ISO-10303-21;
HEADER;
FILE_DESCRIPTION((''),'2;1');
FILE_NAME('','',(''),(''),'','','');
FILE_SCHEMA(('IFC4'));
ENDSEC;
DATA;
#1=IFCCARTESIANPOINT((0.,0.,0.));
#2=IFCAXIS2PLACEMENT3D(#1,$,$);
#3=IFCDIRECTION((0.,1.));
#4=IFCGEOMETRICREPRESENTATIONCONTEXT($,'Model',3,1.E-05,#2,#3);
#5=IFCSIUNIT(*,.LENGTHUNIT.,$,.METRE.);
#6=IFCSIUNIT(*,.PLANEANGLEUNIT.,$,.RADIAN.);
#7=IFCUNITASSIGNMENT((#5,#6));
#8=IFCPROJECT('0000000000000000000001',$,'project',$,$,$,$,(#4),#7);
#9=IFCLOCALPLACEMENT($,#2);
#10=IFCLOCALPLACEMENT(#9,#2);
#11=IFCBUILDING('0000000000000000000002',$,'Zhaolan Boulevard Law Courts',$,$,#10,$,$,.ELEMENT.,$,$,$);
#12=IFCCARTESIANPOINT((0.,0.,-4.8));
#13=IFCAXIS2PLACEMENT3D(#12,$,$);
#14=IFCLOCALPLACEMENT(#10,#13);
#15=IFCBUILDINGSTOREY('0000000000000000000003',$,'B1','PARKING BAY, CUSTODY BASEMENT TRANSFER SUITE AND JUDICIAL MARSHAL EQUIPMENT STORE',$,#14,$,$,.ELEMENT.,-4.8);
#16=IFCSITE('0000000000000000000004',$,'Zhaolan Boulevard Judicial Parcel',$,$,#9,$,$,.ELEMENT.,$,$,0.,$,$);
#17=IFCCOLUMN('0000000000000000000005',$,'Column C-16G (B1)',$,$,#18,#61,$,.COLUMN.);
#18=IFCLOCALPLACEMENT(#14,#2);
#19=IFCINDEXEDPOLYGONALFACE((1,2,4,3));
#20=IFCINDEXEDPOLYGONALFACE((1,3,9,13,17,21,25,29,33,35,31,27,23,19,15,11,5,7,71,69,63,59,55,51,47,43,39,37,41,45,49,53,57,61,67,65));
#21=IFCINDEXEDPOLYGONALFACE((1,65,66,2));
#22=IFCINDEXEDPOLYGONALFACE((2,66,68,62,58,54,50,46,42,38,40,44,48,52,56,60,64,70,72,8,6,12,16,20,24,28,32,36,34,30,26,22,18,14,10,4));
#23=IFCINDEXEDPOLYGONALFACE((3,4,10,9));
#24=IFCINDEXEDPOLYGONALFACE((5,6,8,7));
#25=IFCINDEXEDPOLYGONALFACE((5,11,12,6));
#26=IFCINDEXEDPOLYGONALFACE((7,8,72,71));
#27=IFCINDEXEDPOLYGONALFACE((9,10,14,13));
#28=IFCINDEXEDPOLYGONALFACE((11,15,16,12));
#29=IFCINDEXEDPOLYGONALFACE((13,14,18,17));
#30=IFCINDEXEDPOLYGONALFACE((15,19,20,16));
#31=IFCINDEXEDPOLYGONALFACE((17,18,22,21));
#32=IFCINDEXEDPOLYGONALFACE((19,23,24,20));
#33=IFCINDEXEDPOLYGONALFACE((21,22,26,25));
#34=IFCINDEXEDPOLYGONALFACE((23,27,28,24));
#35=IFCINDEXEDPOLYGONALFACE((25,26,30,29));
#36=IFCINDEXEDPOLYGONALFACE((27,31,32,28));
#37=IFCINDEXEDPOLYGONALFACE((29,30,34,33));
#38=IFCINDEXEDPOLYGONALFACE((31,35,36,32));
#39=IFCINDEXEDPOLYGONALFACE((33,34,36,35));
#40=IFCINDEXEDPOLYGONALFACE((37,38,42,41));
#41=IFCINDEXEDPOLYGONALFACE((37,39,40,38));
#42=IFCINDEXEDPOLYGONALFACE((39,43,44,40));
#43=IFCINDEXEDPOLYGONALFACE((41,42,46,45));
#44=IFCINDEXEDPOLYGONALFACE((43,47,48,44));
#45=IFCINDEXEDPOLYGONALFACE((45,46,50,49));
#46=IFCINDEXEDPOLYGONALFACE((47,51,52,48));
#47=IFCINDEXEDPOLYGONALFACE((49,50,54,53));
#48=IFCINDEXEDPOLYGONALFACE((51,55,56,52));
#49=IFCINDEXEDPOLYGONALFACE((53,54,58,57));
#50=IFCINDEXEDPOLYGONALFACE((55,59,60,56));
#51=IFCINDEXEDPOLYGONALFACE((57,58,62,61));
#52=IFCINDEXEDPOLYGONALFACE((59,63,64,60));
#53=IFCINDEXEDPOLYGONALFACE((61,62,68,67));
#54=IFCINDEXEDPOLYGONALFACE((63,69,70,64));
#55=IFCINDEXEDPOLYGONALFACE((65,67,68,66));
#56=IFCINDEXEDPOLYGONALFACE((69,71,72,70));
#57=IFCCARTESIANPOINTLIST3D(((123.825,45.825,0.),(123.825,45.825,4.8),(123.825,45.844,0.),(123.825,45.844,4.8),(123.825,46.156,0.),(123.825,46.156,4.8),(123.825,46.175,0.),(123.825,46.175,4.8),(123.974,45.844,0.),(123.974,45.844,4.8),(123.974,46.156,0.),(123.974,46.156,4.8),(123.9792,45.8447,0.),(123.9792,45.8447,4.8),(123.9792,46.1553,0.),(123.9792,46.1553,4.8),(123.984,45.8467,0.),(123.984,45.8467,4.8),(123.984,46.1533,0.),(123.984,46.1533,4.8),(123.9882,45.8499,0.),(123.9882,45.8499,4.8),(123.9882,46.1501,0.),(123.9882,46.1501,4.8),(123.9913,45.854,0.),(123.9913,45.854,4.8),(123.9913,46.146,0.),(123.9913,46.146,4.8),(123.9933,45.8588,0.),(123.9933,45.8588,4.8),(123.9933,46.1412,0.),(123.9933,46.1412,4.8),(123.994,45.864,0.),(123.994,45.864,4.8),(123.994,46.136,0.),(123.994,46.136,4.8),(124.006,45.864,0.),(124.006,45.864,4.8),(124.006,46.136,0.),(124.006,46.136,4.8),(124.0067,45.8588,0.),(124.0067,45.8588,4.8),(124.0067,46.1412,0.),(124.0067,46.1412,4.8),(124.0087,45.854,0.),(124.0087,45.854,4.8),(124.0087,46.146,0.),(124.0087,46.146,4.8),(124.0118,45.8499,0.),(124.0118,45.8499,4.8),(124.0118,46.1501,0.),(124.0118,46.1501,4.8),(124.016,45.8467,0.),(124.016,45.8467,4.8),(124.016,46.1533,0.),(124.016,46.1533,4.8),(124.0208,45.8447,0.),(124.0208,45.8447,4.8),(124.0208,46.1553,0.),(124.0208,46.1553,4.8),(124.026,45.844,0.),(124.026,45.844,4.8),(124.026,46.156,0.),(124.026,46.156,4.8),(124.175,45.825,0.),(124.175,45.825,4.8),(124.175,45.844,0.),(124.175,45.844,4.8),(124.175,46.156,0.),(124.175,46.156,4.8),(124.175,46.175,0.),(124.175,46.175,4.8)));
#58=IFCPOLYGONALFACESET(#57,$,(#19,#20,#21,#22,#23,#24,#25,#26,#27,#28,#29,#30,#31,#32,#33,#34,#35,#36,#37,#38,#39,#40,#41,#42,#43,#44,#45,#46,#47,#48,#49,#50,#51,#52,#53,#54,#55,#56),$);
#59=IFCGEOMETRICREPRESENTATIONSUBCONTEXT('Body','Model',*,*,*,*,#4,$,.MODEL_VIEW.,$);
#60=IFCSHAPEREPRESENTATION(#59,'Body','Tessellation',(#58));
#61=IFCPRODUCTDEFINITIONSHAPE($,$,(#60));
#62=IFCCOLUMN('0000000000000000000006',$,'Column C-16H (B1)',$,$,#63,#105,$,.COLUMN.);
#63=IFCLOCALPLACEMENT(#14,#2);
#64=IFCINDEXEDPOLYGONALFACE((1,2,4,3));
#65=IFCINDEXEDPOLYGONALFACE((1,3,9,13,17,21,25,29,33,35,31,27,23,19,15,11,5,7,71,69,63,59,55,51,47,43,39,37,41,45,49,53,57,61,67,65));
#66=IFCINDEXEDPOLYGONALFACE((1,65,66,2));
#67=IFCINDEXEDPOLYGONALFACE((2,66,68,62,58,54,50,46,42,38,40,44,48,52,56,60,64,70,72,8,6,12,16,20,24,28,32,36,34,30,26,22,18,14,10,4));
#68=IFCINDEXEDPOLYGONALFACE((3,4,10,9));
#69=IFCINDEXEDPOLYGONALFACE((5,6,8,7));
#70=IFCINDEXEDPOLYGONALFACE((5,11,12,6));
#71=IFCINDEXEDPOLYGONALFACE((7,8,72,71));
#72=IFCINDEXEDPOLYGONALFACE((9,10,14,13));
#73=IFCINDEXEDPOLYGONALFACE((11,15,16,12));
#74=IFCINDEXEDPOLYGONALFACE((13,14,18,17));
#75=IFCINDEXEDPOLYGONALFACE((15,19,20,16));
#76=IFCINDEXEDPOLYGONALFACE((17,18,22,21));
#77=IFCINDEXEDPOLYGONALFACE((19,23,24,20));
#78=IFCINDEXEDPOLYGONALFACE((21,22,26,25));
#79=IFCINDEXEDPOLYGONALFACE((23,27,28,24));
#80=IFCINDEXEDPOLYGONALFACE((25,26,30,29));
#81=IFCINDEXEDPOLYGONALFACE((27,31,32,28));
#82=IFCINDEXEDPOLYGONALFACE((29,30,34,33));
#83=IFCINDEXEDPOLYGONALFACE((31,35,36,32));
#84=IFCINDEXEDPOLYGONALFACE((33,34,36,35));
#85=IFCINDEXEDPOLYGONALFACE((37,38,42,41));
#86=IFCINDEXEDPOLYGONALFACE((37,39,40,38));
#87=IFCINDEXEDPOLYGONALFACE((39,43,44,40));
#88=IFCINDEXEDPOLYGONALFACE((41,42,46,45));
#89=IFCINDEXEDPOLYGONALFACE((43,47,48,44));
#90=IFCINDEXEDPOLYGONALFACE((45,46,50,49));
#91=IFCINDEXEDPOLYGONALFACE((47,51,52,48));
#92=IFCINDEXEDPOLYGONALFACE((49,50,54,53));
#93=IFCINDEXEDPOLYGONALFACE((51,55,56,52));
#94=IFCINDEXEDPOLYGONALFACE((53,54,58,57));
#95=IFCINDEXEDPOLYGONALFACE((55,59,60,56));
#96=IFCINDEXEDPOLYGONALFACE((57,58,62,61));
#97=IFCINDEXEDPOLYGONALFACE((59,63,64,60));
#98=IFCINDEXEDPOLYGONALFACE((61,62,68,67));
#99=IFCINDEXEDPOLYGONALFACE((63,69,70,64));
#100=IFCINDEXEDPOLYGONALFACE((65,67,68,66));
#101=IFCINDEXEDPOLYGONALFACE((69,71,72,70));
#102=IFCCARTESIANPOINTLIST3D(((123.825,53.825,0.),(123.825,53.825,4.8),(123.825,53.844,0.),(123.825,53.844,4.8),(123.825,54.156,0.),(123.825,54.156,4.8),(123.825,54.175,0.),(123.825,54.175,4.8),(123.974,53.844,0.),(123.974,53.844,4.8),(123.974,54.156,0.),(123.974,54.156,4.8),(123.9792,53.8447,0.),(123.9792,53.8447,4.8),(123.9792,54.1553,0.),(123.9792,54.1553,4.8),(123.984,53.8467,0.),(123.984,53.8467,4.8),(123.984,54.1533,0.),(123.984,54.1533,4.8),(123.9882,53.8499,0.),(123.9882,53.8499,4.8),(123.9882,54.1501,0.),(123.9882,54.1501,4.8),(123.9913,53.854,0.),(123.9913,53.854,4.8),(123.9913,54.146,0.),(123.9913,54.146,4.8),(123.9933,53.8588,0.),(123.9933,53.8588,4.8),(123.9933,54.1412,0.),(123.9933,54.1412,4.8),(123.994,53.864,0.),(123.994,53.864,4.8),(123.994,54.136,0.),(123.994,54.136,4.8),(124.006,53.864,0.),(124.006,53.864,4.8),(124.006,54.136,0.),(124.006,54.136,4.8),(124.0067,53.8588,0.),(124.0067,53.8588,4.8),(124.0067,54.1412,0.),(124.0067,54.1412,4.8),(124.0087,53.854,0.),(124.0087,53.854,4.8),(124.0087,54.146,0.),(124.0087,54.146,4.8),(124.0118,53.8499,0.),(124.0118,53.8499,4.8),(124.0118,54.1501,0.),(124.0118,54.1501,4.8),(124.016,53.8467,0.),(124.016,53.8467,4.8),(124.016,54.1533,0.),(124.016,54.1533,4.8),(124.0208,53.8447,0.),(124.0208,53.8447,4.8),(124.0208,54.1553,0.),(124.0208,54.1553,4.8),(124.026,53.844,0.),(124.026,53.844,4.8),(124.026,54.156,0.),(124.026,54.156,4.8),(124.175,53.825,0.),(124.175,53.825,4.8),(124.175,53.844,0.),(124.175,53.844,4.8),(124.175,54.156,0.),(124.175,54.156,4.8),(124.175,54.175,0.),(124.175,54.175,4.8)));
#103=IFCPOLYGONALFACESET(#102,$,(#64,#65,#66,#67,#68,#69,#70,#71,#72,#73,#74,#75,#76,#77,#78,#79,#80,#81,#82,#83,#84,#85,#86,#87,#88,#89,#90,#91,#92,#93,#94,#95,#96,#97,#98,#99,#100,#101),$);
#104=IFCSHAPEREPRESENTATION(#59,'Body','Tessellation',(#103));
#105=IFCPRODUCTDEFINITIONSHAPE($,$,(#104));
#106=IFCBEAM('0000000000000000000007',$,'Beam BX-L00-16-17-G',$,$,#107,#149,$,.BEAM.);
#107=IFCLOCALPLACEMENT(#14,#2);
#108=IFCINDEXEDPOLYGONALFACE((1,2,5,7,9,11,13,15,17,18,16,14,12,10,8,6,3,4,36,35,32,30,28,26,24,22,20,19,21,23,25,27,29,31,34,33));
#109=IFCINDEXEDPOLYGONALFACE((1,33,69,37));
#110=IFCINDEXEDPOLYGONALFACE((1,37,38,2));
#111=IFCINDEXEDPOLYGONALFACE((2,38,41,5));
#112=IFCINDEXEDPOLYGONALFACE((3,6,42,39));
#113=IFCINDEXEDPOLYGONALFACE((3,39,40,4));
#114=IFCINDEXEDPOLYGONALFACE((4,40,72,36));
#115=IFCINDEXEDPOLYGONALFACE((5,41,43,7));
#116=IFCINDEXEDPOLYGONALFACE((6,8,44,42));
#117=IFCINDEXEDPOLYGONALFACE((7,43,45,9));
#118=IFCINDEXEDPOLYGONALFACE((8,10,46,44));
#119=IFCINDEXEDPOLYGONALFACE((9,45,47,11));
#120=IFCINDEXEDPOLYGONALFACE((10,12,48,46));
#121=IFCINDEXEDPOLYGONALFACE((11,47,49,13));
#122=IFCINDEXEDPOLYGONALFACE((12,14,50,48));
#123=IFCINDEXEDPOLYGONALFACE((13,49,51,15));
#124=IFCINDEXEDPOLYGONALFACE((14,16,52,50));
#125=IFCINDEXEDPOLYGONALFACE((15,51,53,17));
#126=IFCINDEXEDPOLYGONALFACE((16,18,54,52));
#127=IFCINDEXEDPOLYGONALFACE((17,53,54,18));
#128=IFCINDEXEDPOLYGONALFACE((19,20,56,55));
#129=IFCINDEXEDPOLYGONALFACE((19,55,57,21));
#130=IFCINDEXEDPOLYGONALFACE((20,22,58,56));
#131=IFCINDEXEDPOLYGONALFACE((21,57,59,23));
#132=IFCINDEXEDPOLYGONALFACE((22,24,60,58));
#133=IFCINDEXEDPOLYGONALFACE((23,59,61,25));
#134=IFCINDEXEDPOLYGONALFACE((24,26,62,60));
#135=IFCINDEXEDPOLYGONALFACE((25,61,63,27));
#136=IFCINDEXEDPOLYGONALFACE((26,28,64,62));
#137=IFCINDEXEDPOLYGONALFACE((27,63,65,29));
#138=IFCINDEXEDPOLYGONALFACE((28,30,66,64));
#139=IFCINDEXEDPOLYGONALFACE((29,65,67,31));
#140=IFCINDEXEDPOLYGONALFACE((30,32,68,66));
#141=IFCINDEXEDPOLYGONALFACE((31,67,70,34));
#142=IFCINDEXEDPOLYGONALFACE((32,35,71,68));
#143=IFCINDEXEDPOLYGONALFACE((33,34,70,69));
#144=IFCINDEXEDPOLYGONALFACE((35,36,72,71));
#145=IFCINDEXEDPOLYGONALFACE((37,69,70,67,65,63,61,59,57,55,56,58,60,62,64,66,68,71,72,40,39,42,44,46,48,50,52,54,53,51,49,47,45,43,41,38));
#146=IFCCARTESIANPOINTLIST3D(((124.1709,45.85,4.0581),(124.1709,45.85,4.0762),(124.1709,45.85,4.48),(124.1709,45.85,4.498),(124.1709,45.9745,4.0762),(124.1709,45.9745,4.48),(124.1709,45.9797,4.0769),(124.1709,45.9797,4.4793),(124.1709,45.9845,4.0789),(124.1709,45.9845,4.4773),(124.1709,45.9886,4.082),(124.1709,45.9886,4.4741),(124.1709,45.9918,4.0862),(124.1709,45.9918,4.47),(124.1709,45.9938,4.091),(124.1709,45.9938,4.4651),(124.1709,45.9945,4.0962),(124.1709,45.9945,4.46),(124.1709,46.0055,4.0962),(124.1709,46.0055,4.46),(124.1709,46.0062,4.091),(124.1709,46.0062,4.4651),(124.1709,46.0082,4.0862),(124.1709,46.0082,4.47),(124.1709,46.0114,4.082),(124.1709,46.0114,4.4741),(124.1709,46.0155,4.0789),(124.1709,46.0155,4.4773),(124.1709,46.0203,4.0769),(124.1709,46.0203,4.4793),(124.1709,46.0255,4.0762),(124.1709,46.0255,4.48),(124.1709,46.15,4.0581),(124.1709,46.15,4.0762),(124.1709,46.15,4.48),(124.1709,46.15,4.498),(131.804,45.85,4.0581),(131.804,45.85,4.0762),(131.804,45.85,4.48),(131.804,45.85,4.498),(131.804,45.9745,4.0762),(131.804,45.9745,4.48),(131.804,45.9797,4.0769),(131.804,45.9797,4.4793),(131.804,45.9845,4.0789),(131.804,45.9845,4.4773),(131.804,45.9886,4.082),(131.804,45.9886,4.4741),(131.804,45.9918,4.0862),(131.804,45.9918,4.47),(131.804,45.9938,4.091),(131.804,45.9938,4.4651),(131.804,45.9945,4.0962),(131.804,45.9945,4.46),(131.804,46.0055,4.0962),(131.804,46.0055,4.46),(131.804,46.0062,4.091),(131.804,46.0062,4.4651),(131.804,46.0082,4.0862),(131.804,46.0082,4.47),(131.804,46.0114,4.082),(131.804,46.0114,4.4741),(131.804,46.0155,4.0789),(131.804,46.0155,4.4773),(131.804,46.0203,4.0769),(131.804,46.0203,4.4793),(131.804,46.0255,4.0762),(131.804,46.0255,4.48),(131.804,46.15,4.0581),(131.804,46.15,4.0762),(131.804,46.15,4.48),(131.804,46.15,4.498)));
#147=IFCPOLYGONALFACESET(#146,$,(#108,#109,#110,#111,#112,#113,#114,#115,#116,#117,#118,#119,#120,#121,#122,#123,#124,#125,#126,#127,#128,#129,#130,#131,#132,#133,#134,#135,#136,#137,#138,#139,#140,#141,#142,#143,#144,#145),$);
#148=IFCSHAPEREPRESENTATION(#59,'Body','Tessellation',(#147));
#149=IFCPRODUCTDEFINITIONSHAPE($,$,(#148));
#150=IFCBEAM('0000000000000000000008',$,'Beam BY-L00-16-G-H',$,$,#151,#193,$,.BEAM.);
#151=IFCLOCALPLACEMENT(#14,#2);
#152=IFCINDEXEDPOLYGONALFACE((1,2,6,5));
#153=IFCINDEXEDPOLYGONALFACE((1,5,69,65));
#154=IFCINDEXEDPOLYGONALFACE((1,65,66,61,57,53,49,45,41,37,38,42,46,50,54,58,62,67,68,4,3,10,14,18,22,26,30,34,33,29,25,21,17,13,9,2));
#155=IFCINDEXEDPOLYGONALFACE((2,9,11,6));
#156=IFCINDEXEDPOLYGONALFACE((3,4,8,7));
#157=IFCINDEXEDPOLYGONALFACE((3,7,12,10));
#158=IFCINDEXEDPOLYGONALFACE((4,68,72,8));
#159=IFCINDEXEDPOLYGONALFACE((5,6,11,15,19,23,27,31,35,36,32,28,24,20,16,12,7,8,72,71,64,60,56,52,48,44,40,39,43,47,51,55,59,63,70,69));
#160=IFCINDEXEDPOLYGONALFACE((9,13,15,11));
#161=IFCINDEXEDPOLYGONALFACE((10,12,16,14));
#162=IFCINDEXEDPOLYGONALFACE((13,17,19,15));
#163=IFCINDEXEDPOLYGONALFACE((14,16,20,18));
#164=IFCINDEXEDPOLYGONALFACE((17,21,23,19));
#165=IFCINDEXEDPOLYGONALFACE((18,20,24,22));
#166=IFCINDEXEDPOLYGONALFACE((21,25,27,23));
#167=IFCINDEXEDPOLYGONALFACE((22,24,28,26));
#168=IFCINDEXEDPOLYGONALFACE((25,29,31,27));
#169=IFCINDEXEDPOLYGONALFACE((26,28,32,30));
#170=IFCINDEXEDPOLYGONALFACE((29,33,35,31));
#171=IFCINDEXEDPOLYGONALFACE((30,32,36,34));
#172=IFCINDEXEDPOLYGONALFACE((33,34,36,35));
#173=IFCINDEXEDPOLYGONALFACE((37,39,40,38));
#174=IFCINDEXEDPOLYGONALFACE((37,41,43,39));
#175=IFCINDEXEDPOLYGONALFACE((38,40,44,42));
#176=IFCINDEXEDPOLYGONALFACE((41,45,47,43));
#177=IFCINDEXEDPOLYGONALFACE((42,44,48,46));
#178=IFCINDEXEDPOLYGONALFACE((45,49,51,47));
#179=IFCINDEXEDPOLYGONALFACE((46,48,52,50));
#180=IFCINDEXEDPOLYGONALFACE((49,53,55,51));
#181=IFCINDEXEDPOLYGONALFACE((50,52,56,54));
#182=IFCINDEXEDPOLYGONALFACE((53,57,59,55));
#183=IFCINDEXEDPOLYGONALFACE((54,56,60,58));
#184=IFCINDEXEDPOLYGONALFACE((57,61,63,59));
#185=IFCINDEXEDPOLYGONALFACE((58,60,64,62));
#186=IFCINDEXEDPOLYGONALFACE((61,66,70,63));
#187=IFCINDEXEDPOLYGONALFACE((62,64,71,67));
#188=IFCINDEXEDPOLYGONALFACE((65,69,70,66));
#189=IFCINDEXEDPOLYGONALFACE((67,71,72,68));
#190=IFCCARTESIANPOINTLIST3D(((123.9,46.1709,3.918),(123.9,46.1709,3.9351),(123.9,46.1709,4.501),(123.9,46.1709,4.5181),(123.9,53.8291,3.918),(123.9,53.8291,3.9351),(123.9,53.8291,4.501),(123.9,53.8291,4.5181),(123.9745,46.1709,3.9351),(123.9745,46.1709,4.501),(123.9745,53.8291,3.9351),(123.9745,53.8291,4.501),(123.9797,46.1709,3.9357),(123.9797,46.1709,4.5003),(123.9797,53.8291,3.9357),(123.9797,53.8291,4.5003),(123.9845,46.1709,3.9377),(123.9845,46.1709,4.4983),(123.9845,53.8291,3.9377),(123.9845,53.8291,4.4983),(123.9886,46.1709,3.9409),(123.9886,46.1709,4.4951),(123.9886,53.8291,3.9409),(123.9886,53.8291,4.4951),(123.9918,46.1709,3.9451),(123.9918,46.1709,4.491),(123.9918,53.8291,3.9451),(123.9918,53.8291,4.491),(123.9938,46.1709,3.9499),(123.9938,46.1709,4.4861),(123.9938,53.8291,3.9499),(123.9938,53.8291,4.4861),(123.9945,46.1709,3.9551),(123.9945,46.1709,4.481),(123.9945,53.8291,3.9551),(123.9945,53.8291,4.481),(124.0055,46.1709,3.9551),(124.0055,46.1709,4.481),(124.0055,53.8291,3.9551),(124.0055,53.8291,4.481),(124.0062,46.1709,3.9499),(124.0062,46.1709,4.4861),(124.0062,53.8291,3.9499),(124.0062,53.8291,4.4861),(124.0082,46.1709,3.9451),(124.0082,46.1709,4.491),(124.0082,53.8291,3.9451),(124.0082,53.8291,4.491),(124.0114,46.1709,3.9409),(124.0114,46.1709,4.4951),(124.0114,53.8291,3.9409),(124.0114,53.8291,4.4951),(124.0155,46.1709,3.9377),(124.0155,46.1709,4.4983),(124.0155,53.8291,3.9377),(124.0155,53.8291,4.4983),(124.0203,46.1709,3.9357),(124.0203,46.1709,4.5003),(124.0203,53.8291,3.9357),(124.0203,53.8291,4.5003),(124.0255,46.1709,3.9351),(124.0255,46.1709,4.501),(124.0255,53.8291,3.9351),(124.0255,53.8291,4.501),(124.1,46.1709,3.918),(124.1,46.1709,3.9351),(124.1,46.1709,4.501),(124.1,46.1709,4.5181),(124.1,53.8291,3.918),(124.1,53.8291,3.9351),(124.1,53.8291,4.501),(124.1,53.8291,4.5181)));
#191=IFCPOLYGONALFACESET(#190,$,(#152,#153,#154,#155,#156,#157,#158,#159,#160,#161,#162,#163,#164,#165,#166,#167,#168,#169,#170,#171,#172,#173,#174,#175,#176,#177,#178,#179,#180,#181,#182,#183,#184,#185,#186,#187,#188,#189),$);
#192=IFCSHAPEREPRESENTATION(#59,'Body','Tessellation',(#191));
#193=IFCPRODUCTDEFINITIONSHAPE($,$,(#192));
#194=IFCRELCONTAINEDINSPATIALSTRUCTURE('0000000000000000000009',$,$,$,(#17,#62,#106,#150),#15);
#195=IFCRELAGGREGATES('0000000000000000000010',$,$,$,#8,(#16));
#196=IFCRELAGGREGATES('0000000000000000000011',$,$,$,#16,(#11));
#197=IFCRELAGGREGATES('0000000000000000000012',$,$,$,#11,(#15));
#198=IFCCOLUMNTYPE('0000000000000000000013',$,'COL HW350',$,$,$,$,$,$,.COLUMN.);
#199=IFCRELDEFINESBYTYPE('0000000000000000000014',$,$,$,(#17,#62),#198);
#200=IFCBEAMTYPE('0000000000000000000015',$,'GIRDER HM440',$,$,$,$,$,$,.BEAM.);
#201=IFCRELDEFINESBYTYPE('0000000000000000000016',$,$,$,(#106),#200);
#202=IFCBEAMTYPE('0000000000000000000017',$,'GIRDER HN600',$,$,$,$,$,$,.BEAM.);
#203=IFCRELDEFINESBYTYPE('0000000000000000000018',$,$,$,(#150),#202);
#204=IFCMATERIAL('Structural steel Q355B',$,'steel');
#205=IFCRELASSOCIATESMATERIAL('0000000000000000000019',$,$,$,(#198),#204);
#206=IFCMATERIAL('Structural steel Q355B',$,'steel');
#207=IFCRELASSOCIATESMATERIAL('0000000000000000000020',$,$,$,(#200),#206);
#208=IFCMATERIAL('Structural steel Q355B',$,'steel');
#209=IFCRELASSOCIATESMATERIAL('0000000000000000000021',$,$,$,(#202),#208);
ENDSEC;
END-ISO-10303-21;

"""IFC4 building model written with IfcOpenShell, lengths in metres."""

from ifc_helpers import new_model, si_unit, direction, frame, origin, origin_2d, place, context, subcontext, project, spatial, i_section, extrude, material, material_profile, profile_set, type_object, element, save


model = new_model("IFC4")

# Units and contexts
model_context = context("Model", 3, precision=1e-05, world=origin(), true_north=direction((0.0, 1.0)))
body_context = subcontext(model_context, "Body", "Model", "MODEL_VIEW")
ifc_project = project(units=[si_unit("LENGTHUNIT", "METRE"), si_unit("PLANEANGLEUNIT", "RADIAN")], contexts=[model_context])

# Site, building, storey
site_placement = place(None, origin())
site = spatial("IfcSite", under=ifc_project, at=site_placement, Name="Zhaolan Boulevard Judicial Parcel", CompositionType="ELEMENT", RefElevation=0.0)
building_placement = place(site_placement, origin())
building = spatial("IfcBuilding", under=site, at=building_placement, Name="Zhaolan Boulevard Law Courts", CompositionType="ELEMENT")
storey_placement = place(building_placement, frame((0.0, 0.0, -4.8)))
storey = spatial("IfcBuildingStorey", under=building, at=storey_placement, Name="B1", Description="PARKING BAY, CUSTODY BASEMENT TRANSFER SUITE AND JUDICIAL MARSHAL EQUIPMENT STORE", CompositionType="ELEMENT", Elevation=-4.8)

# Columns
ifc_material_1 = material(Name="Structural steel Q355B", Category="steel")
ifc_material_profile_1 = material_profile(ifc_material_1, i_section(OverallWidth=0.3501, OverallDepth=0.3501, WebThickness=0.012, FlangeThickness=0.019, FilletRadius=0.02, at=origin_2d()), Name="HW350x350")
ifc_profile_set_1 = profile_set([ifc_material_profile_1], Name="Structural steel Q355B")
column_type_1 = type_object("IfcColumnType", Name="COL HW350", PredefinedType="COLUMN", material=ifc_profile_set_1)
for number, where, z_axis, x_axis, name in (
    (1, (124.0, 46.0, 0.0), (0.0, 0.0, 1.0), (1.0, 0.0, 0.0), "Column C-16G (B1)"),
    (2, (124.0, 54.0, 0.0), (0.0, 0.0, 1.0), (1.0, 0.0, 0.0), "Column C-16H (B1)"),
):
    element("IfcColumn", number, at=place(storey_placement, frame(where, z_axis=z_axis, x_axis=x_axis)), inside=storey, type_object=column_type_1, Name=name, PredefinedType="COLUMN", context=body_context, shape_type="SweptSolid", body=[
        extrude(i_section(OverallWidth=0.3501, OverallDepth=0.3501, WebThickness=0.012, FlangeThickness=0.019, FilletRadius=0.02, at=origin_2d()), origin(), (0.0, 0.0, 1.0), 4.8),
    ])

# Beams
ifc_material_2 = material(Name="Structural steel Q355B", Category="steel")
ifc_material_profile_2 = material_profile(ifc_material_2, i_section(OverallWidth=0.3, OverallDepth=0.4399, WebThickness=0.011, FlangeThickness=0.0181, FilletRadius=0.02, at=origin_2d()), Name="HM440x300")
ifc_profile_set_2 = profile_set([ifc_material_profile_2], Name="Structural steel Q355B")
beam_type_1 = type_object("IfcBeamType", Name="GIRDER HM440", PredefinedType="BEAM", material=ifc_profile_set_2)
beam_1_placement = place(storey_placement, frame((124.1709, 46.0, 4.2781), z_axis=(1.0, 0.0, 0.0), x_axis=(0.0, 1.0, 0.0)))
element("IfcBeam", 3, at=beam_1_placement, inside=storey, type_object=beam_type_1, Name="Beam BX-L00-16-17-G", PredefinedType="BEAM", context=body_context, shape_type="SweptSolid", body=[
    extrude(i_section(OverallWidth=0.3, OverallDepth=0.4399, WebThickness=0.011, FlangeThickness=0.0181, FilletRadius=0.02, at=origin_2d()), origin(), (0.0, 0.0, 1.0), 7.6331),
])
ifc_material_3 = material(Name="Structural steel Q355B", Category="steel")
ifc_material_profile_3 = material_profile(ifc_material_3, i_section(OverallWidth=0.2, OverallDepth=0.6001, WebThickness=0.011, FlangeThickness=0.0171, FilletRadius=0.02, at=origin_2d()), Name="HN600x200")
ifc_profile_set_3 = profile_set([ifc_material_profile_3], Name="Structural steel Q355B")
beam_type_2 = type_object("IfcBeamType", Name="GIRDER HN600", PredefinedType="BEAM", material=ifc_profile_set_3)
beam_2_placement = place(storey_placement, frame((124.0, 46.1709, 4.218), z_axis=(0.0, 1.0, 0.0), x_axis=(-1.0, 0.0, 0.0)))
element("IfcBeam", 4, at=beam_2_placement, inside=storey, type_object=beam_type_2, Name="Beam BY-L00-16-G-H", PredefinedType="BEAM", context=body_context, shape_type="SweptSolid", body=[
    extrude(i_section(OverallWidth=0.2, OverallDepth=0.6001, WebThickness=0.011, FlangeThickness=0.0171, FilletRadius=0.02, at=origin_2d()), origin(), (0.0, 0.0, 1.0), 7.6582),
])

save(model, "model.ifc")
